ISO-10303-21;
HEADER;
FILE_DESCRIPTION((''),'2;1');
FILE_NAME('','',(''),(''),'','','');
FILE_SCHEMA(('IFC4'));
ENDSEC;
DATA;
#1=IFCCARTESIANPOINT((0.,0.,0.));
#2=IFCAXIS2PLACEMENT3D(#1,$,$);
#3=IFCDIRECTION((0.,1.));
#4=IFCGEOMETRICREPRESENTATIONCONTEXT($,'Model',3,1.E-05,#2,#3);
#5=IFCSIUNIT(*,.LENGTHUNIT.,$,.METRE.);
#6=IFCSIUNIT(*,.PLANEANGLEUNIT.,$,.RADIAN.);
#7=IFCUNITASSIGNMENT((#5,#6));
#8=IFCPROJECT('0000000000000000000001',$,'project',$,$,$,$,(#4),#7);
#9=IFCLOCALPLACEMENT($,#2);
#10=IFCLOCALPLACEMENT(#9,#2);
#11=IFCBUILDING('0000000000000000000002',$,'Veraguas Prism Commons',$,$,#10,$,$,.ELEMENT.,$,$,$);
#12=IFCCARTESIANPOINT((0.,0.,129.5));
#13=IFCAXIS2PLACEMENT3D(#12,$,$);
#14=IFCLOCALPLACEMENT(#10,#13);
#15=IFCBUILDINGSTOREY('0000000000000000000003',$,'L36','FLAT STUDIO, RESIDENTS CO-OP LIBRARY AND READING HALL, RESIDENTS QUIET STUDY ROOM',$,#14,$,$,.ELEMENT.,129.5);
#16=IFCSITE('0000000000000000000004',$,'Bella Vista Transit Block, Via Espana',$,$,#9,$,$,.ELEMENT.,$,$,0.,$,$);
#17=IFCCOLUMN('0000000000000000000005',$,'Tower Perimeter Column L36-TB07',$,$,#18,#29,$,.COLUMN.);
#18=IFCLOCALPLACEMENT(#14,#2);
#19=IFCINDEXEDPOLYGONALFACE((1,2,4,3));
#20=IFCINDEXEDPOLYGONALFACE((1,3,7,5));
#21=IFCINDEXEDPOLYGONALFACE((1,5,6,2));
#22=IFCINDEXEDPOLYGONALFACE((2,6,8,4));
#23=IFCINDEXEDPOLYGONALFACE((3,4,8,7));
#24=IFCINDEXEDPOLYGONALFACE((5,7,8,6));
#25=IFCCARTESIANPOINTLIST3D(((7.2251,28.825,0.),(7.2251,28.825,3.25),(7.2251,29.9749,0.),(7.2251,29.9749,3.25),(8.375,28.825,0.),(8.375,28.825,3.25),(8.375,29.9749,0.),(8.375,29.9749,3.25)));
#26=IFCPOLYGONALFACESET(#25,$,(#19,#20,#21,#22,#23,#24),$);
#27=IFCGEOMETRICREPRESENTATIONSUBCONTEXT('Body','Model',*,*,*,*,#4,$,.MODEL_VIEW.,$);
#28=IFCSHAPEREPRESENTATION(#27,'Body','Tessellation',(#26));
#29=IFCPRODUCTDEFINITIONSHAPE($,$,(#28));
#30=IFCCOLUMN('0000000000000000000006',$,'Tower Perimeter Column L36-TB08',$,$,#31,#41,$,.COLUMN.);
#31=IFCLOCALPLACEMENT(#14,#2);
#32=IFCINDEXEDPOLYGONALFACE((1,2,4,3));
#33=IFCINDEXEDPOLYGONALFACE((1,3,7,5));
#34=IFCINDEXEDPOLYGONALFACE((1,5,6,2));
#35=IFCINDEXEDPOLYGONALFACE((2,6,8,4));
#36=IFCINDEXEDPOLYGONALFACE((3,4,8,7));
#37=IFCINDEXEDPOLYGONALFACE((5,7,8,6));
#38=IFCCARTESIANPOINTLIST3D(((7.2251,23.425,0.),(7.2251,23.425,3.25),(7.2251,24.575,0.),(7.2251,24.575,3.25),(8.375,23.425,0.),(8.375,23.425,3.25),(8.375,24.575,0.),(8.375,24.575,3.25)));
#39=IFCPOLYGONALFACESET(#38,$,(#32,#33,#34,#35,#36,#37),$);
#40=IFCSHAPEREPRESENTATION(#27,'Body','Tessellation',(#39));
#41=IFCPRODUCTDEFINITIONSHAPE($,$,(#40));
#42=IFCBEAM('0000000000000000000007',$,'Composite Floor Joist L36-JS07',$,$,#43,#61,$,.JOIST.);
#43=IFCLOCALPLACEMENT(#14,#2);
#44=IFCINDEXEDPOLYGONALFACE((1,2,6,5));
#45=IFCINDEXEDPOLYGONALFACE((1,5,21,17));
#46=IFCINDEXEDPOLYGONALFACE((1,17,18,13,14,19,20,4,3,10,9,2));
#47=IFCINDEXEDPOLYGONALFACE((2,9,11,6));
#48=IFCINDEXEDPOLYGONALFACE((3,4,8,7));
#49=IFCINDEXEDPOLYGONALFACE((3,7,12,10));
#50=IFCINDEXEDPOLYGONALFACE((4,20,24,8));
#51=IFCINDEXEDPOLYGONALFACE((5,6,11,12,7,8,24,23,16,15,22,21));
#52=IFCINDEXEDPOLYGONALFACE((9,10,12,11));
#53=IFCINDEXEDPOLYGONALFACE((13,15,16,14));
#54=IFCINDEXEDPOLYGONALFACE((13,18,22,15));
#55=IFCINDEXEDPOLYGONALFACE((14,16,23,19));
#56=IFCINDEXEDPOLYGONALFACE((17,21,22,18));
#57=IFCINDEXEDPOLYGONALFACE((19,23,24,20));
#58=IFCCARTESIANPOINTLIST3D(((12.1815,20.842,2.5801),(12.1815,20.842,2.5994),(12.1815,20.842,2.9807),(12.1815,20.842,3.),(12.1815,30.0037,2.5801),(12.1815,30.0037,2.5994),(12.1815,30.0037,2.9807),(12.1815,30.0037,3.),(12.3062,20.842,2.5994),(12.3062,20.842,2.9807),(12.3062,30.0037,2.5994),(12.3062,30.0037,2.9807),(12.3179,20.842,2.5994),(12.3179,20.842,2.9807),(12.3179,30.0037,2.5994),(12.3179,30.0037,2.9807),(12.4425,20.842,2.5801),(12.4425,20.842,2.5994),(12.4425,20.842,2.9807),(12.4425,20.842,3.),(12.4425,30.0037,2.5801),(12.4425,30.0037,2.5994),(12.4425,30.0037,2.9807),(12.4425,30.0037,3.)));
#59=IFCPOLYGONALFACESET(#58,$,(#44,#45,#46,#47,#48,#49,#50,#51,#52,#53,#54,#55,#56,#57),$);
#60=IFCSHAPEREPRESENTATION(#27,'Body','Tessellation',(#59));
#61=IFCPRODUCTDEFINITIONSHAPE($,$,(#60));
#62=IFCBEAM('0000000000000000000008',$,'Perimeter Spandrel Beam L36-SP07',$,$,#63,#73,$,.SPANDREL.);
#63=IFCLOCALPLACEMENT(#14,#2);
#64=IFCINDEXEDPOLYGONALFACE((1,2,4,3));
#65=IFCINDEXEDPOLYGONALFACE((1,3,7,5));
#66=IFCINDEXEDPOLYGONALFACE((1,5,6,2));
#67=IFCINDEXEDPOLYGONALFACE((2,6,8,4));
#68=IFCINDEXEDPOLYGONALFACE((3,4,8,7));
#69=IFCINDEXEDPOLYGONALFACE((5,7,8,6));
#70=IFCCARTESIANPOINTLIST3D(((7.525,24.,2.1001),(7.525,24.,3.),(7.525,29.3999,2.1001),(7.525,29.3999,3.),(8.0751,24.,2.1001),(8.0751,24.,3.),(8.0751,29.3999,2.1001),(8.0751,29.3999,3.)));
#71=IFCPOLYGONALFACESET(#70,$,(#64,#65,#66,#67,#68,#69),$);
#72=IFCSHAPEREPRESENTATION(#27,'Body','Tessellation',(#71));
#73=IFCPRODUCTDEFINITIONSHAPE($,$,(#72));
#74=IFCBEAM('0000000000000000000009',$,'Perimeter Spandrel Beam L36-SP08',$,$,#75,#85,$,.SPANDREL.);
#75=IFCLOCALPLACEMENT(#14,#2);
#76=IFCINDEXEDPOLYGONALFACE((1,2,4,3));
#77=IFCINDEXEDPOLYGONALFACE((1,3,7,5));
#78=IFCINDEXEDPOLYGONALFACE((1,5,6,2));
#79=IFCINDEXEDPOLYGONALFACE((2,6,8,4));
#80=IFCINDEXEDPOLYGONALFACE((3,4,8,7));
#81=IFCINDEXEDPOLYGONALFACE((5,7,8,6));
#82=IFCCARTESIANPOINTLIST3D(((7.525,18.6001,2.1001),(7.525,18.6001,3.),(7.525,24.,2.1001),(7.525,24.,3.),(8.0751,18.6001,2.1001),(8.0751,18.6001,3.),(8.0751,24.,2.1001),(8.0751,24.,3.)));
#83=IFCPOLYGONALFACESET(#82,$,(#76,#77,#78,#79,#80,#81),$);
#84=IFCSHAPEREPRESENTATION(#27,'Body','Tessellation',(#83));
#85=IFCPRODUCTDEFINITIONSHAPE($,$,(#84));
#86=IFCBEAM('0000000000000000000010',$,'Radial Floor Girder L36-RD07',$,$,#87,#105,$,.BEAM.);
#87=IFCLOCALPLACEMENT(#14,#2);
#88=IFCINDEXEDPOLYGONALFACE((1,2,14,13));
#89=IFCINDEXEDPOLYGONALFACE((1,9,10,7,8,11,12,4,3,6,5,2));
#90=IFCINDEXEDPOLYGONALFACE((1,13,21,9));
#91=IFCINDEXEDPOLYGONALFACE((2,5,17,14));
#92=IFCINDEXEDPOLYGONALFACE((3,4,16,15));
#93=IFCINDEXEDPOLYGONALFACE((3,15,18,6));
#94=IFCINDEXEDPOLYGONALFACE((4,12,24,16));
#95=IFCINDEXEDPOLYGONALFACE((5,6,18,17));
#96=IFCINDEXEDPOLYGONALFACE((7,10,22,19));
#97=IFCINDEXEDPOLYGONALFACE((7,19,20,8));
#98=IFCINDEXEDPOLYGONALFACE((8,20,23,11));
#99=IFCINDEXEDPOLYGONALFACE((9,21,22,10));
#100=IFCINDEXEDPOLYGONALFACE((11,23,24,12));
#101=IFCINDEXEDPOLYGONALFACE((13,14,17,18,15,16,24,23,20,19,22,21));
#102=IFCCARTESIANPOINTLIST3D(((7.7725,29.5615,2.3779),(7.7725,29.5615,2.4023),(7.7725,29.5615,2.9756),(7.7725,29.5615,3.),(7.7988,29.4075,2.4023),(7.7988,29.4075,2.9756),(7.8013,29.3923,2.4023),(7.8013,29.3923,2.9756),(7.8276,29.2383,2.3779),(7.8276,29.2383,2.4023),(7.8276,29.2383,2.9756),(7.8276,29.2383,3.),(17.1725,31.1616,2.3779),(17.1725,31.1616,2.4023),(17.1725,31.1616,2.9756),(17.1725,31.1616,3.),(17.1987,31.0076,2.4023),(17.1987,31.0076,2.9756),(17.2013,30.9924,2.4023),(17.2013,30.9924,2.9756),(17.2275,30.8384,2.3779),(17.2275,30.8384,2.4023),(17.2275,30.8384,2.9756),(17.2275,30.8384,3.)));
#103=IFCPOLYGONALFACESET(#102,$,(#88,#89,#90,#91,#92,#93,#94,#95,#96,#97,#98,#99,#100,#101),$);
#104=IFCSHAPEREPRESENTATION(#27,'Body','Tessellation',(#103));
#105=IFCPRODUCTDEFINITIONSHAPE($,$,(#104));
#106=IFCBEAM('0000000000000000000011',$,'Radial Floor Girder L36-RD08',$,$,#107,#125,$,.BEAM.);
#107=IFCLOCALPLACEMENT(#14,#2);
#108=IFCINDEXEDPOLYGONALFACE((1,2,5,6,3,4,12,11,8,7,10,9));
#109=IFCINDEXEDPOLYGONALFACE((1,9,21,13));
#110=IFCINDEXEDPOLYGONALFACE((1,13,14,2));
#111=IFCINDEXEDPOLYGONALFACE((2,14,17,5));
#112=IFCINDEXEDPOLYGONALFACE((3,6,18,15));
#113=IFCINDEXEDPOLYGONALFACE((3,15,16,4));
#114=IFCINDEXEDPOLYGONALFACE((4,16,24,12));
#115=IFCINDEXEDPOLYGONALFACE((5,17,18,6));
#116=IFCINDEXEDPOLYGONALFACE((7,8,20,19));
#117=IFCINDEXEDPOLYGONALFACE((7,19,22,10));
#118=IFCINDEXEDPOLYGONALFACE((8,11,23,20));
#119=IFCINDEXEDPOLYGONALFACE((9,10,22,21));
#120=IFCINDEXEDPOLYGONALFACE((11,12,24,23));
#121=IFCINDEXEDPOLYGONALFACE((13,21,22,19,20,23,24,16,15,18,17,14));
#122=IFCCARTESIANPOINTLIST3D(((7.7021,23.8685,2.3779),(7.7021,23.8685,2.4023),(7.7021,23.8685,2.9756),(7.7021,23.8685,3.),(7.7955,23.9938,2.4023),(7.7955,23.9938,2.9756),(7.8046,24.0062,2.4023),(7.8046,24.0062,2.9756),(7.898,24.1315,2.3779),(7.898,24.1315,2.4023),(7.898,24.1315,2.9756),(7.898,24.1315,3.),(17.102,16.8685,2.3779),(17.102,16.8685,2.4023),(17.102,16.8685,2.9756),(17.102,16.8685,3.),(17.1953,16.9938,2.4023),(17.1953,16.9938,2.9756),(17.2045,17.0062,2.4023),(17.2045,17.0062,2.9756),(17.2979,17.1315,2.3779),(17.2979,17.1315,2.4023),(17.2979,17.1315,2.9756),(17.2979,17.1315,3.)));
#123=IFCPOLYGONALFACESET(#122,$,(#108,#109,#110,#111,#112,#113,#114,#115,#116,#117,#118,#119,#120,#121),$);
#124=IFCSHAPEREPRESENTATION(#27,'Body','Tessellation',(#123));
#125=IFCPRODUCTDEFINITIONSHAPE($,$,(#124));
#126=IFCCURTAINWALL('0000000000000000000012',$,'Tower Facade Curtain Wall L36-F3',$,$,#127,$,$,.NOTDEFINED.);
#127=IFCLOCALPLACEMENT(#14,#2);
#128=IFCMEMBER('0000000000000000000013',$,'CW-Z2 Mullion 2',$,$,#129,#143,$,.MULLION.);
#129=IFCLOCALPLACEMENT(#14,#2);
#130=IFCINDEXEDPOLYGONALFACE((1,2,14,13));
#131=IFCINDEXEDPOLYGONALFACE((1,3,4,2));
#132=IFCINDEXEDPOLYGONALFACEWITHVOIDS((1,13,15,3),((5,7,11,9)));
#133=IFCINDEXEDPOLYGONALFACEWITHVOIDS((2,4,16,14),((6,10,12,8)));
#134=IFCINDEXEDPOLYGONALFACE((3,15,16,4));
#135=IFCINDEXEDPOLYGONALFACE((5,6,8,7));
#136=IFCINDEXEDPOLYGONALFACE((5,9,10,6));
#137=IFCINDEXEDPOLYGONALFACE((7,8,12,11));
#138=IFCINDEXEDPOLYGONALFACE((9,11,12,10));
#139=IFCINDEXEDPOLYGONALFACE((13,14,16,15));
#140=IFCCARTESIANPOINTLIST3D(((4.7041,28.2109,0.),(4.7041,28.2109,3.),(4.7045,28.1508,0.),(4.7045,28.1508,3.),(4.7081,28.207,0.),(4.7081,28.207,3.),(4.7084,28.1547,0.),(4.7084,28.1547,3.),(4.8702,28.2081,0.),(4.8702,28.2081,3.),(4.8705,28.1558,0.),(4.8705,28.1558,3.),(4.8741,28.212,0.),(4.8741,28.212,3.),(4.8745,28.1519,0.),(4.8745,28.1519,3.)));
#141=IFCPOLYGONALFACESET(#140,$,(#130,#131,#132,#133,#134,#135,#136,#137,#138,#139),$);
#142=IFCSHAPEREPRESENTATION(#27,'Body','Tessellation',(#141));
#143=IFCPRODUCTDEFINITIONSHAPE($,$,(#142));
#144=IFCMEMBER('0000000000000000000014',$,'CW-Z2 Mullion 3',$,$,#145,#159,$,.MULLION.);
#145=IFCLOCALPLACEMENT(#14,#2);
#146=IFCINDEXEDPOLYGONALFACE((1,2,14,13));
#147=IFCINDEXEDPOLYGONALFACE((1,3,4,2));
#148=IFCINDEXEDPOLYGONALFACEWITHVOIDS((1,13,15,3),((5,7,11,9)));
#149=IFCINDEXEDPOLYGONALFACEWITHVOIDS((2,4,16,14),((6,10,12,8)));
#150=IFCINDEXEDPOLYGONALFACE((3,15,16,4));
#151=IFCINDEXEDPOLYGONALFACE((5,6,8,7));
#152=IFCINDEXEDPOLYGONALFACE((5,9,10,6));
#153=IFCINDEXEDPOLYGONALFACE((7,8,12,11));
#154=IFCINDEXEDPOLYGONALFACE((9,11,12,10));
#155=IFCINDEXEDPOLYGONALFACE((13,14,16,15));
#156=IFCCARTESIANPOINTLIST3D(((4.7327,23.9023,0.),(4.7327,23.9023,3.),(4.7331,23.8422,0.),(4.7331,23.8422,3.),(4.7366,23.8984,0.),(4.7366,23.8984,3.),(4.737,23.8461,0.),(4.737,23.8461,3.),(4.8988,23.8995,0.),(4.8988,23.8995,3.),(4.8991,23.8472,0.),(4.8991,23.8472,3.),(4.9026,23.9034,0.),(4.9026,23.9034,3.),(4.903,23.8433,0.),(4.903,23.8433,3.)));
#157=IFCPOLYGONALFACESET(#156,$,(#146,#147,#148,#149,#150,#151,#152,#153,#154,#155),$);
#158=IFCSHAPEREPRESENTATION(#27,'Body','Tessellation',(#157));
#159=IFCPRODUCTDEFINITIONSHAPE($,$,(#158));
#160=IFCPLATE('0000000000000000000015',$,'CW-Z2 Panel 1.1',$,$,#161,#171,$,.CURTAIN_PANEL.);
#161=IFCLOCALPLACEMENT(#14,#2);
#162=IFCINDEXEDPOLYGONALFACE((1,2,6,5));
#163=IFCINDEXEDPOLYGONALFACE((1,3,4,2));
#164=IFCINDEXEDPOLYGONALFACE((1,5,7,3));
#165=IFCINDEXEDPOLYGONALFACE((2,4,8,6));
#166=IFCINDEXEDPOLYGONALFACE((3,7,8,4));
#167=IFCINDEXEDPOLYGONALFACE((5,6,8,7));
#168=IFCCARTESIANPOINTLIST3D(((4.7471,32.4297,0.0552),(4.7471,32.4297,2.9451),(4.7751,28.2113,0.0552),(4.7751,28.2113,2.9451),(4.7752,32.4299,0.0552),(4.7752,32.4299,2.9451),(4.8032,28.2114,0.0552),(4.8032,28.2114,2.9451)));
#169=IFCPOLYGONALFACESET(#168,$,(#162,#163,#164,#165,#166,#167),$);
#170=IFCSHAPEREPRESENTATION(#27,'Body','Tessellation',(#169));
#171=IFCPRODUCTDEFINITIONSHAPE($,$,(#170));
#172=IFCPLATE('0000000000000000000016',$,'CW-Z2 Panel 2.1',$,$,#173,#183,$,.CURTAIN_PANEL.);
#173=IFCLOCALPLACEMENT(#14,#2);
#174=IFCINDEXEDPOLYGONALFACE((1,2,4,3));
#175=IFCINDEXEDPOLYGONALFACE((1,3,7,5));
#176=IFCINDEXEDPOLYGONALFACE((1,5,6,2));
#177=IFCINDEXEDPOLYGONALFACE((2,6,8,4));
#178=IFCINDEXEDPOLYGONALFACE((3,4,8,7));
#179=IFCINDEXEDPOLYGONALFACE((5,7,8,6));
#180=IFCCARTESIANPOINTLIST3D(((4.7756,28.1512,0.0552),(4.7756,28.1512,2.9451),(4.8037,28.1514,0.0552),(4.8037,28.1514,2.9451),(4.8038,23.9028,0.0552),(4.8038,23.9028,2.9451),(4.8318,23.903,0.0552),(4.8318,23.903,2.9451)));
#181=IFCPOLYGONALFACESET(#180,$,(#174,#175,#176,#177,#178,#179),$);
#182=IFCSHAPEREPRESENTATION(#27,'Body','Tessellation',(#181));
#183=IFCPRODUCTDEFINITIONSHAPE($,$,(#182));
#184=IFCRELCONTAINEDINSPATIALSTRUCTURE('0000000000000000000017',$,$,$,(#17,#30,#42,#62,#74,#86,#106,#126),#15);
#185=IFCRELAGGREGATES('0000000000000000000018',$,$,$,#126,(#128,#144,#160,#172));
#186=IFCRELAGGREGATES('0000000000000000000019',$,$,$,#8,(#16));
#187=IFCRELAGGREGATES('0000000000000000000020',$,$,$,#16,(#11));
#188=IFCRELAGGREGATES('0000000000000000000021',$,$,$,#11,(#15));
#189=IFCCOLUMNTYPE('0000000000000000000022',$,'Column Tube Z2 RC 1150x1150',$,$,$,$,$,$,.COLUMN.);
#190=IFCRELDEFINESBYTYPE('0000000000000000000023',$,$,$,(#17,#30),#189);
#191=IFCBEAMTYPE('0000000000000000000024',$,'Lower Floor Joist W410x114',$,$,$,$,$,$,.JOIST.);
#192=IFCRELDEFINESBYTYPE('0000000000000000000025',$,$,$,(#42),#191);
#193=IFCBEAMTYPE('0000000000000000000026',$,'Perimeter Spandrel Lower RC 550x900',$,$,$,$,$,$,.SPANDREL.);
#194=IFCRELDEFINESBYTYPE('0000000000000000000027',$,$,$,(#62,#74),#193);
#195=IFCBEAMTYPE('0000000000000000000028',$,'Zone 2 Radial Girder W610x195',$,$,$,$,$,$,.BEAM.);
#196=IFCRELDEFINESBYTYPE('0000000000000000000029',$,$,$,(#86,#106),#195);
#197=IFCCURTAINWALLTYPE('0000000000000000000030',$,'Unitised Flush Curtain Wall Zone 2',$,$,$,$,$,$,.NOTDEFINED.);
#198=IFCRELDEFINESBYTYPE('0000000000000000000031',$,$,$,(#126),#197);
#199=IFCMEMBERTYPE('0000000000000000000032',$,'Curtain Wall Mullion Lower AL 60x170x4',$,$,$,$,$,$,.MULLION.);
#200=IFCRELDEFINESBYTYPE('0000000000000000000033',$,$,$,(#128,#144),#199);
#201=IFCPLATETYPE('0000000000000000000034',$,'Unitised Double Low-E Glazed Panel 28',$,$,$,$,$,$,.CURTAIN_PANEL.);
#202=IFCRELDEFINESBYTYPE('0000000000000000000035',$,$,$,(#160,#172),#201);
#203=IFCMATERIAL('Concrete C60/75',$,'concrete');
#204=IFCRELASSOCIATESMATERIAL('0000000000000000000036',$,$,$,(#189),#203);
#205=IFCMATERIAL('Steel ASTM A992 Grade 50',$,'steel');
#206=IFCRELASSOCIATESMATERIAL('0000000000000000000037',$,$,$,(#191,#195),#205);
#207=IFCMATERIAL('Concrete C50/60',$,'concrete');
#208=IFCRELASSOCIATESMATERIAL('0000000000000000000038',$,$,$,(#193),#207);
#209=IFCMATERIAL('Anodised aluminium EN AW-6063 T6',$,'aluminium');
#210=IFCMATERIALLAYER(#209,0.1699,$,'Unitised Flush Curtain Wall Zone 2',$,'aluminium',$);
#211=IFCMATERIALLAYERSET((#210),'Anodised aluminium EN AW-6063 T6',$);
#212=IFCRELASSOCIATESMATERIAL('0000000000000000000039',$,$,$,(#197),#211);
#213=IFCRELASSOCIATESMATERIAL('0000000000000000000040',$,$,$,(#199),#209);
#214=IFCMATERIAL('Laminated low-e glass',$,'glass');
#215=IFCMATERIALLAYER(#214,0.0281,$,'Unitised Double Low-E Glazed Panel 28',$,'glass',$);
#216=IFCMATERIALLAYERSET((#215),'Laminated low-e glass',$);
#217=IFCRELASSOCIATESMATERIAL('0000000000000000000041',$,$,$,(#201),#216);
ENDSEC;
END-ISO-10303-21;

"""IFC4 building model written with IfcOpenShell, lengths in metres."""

from ifc_helpers import new_model, si_unit, direction, frame, origin, origin_2d, place, context, subcontext, project, spatial, rectangle, hollow_rectangle, i_section, extrude, source, transform, mapped, material, layer, layer_set, material_profile, profile_set, type_object, element, aggregate, save


model = new_model("IFC4")

# Units and contexts
model_context = context("Model", 3, precision=1e-05, world=origin(), true_north=direction((0.0, 1.0)))
body_context = subcontext(model_context, "Body", "Model", "MODEL_VIEW")
ifc_project = project(units=[si_unit("LENGTHUNIT", "METRE"), si_unit("PLANEANGLEUNIT", "RADIAN")], contexts=[model_context])

# Site, building, storey
site_placement = place(None, origin())
site = spatial("IfcSite", under=ifc_project, at=site_placement, Name="Bella Vista Transit Block, Via Espana", CompositionType="ELEMENT", RefElevation=0.0)
building_placement = place(site_placement, origin())
building = spatial("IfcBuilding", under=site, at=building_placement, Name="Veraguas Prism Commons", CompositionType="ELEMENT")
storey_placement = place(building_placement, frame((0.0, 0.0, 129.5)))
storey = spatial("IfcBuildingStorey", under=building, at=storey_placement, Name="L36", Description="FLAT STUDIO, RESIDENTS CO-OP LIBRARY AND READING HALL, RESIDENTS QUIET STUDY ROOM", CompositionType="ELEMENT", Elevation=129.5)

# Columns
ifc_material_1 = material(Name="Concrete C60/75", Category="concrete")
ifc_material_profile_1 = material_profile(ifc_material_1, rectangle(XDim=1.1499, YDim=1.1499, at=origin_2d()), Name="RC1150X1150")
ifc_profile_set_1 = profile_set([ifc_material_profile_1], Name="Concrete C60/75")
column_type = type_object("IfcColumnType", Name="Column Tube Z2 RC 1150x1150", PredefinedType="COLUMN", material=ifc_profile_set_1)
for number, where, z_axis, x_axis, name in (
    (1, (7.8, 29.3999, 0.0), (0.0, 0.0, 1.0), (1.0, 0.0, 0.0), "Tower Perimeter Column L36-TB07"),
    (2, (7.8, 24.0, 0.0), (0.0, 0.0, 1.0), (1.0, 0.0, 0.0), "Tower Perimeter Column L36-TB08"),
):
    element("IfcColumn", number, at=place(storey_placement, frame(where, z_axis=z_axis, x_axis=x_axis)), inside=storey, type_object=column_type, Name=name, PredefinedType="COLUMN", context=body_context, shape_type="SweptSolid", body=[
        extrude(rectangle(XDim=1.1499, YDim=1.1499, at=origin_2d()), origin(), (0.0, 0.0, 1.0), 3.25),
    ])

# Beams
ifc_material_2 = material(Name="Steel ASTM A992 Grade 50", Category="steel")
ifc_material_profile_2 = material_profile(ifc_material_2, i_section(OverallWidth=0.261, OverallDepth=0.4199, WebThickness=0.0117, FlangeThickness=0.0193, at=origin_2d()), Name="W410X114")
ifc_profile_set_2 = profile_set([ifc_material_profile_2], Name="Steel ASTM A992 Grade 50")
beam_type_1 = type_object("IfcBeamType", Name="Lower Floor Joist W410x114", PredefinedType="JOIST", material=ifc_profile_set_2)
beam_1_placement = place(storey_placement, frame((12.312, 30.0037, 2.79), z_axis=(0.0, -1.0, 0.0), x_axis=(1.0, 0.0, 0.0)))
element("IfcBeam", 3, at=beam_1_placement, inside=storey, type_object=beam_type_1, Name="Composite Floor Joist L36-JS07", PredefinedType="JOIST", context=body_context, shape_type="SweptSolid", body=[
    extrude(i_section(OverallWidth=0.261, OverallDepth=0.4199, WebThickness=0.0117, FlangeThickness=0.0193, at=origin_2d()), origin(), (0.0, 0.0, 1.0), 9.1616),
])
ifc_material_3 = material(Name="Concrete C50/60", Category="concrete")
ifc_material_profile_3 = material_profile(ifc_material_3, rectangle(XDim=0.55, YDim=0.8999, at=origin_2d()), Name="RC550X900")
ifc_profile_set_3 = profile_set([ifc_material_profile_3], Name="Concrete C50/60")
beam_type_2 = type_object("IfcBeamType", Name="Perimeter Spandrel Lower RC 550x900", PredefinedType="SPANDREL", material=ifc_profile_set_3)
for number, where, z_axis, x_axis, name in (
    (4, (7.8, 29.3999, 2.55), (0.0, -1.0, 0.0), (1.0, 0.0, 0.0), "Perimeter Spandrel Beam L36-SP07"),
    (5, (7.8, 24.0, 2.55), (0.0, -1.0, 0.0), (1.0, 0.0, 0.0), "Perimeter Spandrel Beam L36-SP08"),
):
    element("IfcBeam", number, at=place(storey_placement, frame(where, z_axis=z_axis, x_axis=x_axis)), inside=storey, type_object=beam_type_2, Name=name, PredefinedType="SPANDREL", context=body_context, shape_type="SweptSolid", body=[
        extrude(rectangle(XDim=0.55, YDim=0.8999, at=origin_2d()), origin(), (0.0, 0.0, 1.0), 5.3999),
    ])
ifc_material_profile_4 = material_profile(ifc_material_2, i_section(OverallWidth=0.3279, OverallDepth=0.6221, WebThickness=0.0154, FlangeThickness=0.0244, at=origin_2d()), Name="W610X195")
ifc_profile_set_4 = profile_set([ifc_material_profile_4], Name="Steel ASTM A992 Grade 50")
beam_type_3 = type_object("IfcBeamType", Name="Zone 2 Radial Girder W610x195", PredefinedType="BEAM", material=ifc_profile_set_4)
beam_2_placement = place(storey_placement, frame((7.8, 29.3999, 2.689), z_axis=(0.985819, 0.167811, 0.0), x_axis=(-0.167811, 0.985819, 0.0)))
element("IfcBeam", 6, at=beam_2_placement, inside=storey, type_object=beam_type_3, Name="Radial Floor Girder L36-RD07", PredefinedType="BEAM", context=body_context, shape_type="SweptSolid", body=[
    extrude(i_section(OverallWidth=0.3279, OverallDepth=0.6221, WebThickness=0.0154, FlangeThickness=0.0244, at=origin_2d()), origin(), (0.0, 0.0, 1.0), 9.5352),
])
beam_3_placement = place(storey_placement, frame((7.8, 24.0, 2.689), z_axis=(0.80204, -0.59727, 0.0), x_axis=(0.59727, 0.80204, 0.0)))
element("IfcBeam", 7, at=beam_3_placement, inside=storey, type_object=beam_type_3, Name="Radial Floor Girder L36-RD08", PredefinedType="BEAM", context=body_context, shape_type="SweptSolid", body=[
    extrude(i_section(OverallWidth=0.3279, OverallDepth=0.6221, WebThickness=0.0154, FlangeThickness=0.0244, at=origin_2d()), origin(), (0.0, 0.0, 1.0), 11.72),
])

# Curtain wall, members, plates
ifc_material_4 = material(Name="Anodised aluminium EN AW-6063 T6", Category="aluminium")
ifc_layer_1 = layer(ifc_material_4, 0.1699, Name="Unitised Flush Curtain Wall Zone 2", Category="aluminium")
ifc_layer_set_1 = layer_set([ifc_layer_1], Name="Anodised aluminium EN AW-6063 T6")
curtain_wall_type = type_object("IfcCurtainWallType", Name="Unitised Flush Curtain Wall Zone 2", PredefinedType="NOTDEFINED", material=ifc_layer_set_1)
curtain_wall_placement = place(storey_placement, origin())
curtain_wall = element("IfcCurtainWall", 8, at=curtain_wall_placement, inside=storey, type_object=curtain_wall_type, Name="Tower Facade Curtain Wall L36-F3", PredefinedType="NOTDEFINED")
ifc_material_profile_5 = material_profile(ifc_material_4, hollow_rectangle(XDim=0.0601, YDim=0.1699, WallThickness=0.0039, at=origin_2d()), Name="AL60X170X4")
ifc_profile_set_5 = profile_set([ifc_material_profile_5], Name="Anodised aluminium EN AW-6063 T6")
member_type = type_object("IfcMemberType", Name="Curtain Wall Mullion Lower AL 60x170x4", PredefinedType="MULLION", material=ifc_profile_set_5)
shared_shape_1 = source(origin(), body_context, "Body", "SweptSolid", [
    extrude(hollow_rectangle(XDim=0.0601, YDim=0.1699, WallThickness=0.0039, at=origin_2d()), origin(), (0.0, 0.0, 1.0), 3.0),
])
member_1_placement = place(storey_placement, frame((4.7893, 28.1814, 0.0), z_axis=(0.0, 0.0, 1.0), x_axis=(0.006632, -0.999978, 0.0)))
member_1 = element("IfcMember", 9, at=member_1_placement, type_object=member_type, Name="CW-Z2 Mullion 2", PredefinedType="MULLION", context=body_context, shape_type="MappedRepresentation", body=[
    mapped(shared_shape_1, transform((0.0, 0.0, 0.0), scale=1.0)),
])
member_2_placement = place(storey_placement, frame((4.8179, 23.8728, 0.0), z_axis=(0.0, 0.0, 1.0), x_axis=(0.006632, -0.999978, 0.0)))
member_2 = element("IfcMember", 10, at=member_2_placement, type_object=member_type, Name="CW-Z2 Mullion 3", PredefinedType="MULLION", context=body_context, shape_type="MappedRepresentation", body=[
    mapped(shared_shape_1, transform((0.0, 0.0, 0.0), scale=1.0)),
])
ifc_material_5 = material(Name="Laminated low-e glass", Category="glass")
ifc_layer_2 = layer(ifc_material_5, 0.0281, Name="Unitised Double Low-E Glazed Panel 28", Category="glass")
ifc_layer_set_2 = layer_set([ifc_layer_2], Name="Laminated low-e glass")
plate_type = type_object("IfcPlateType", Name="Unitised Double Low-E Glazed Panel 28", PredefinedType="CURTAIN_PANEL", material=ifc_layer_set_2)
shared_shape_2 = source(origin(), body_context, "Body", "SweptSolid", [
    extrude(rectangle(XDim=4.2185, YDim=0.0281, at=origin_2d()), origin(), (0.0, 0.0, 1.0), 2.8899),
])
plate_1_placement = place(storey_placement, frame((4.7751, 30.3206, 0.0552), z_axis=(0.0, 0.0, 1.0), x_axis=(0.006632, -0.999978, 0.0)))
plate_1 = element("IfcPlate", 11, at=plate_1_placement, type_object=plate_type, Name="CW-Z2 Panel 1.1", PredefinedType="CURTAIN_PANEL", context=body_context, shape_type="MappedRepresentation", body=[
    mapped(shared_shape_2, transform((0.0, 0.0, 0.0), scale=1.0)),
])
shared_shape_3 = source(origin(), body_context, "Body", "SweptSolid", [
    extrude(rectangle(XDim=4.2485, YDim=0.0281, at=origin_2d()), origin(), (0.0, 0.0, 1.0), 2.8899),
])
plate_2_placement = place(storey_placement, frame((4.8037, 26.0271, 0.0552), z_axis=(0.0, 0.0, 1.0), x_axis=(0.006632, -0.999978, 0.0)))
plate_2 = element("IfcPlate", 12, at=plate_2_placement, type_object=plate_type, Name="CW-Z2 Panel 2.1", PredefinedType="CURTAIN_PANEL", context=body_context, shape_type="MappedRepresentation", body=[
    mapped(shared_shape_3, transform((0.0, 0.0, 0.0), scale=1.0)),
])
aggregate(curtain_wall, [member_1, member_2, plate_1, plate_2])

save(model, "model.ifc")
